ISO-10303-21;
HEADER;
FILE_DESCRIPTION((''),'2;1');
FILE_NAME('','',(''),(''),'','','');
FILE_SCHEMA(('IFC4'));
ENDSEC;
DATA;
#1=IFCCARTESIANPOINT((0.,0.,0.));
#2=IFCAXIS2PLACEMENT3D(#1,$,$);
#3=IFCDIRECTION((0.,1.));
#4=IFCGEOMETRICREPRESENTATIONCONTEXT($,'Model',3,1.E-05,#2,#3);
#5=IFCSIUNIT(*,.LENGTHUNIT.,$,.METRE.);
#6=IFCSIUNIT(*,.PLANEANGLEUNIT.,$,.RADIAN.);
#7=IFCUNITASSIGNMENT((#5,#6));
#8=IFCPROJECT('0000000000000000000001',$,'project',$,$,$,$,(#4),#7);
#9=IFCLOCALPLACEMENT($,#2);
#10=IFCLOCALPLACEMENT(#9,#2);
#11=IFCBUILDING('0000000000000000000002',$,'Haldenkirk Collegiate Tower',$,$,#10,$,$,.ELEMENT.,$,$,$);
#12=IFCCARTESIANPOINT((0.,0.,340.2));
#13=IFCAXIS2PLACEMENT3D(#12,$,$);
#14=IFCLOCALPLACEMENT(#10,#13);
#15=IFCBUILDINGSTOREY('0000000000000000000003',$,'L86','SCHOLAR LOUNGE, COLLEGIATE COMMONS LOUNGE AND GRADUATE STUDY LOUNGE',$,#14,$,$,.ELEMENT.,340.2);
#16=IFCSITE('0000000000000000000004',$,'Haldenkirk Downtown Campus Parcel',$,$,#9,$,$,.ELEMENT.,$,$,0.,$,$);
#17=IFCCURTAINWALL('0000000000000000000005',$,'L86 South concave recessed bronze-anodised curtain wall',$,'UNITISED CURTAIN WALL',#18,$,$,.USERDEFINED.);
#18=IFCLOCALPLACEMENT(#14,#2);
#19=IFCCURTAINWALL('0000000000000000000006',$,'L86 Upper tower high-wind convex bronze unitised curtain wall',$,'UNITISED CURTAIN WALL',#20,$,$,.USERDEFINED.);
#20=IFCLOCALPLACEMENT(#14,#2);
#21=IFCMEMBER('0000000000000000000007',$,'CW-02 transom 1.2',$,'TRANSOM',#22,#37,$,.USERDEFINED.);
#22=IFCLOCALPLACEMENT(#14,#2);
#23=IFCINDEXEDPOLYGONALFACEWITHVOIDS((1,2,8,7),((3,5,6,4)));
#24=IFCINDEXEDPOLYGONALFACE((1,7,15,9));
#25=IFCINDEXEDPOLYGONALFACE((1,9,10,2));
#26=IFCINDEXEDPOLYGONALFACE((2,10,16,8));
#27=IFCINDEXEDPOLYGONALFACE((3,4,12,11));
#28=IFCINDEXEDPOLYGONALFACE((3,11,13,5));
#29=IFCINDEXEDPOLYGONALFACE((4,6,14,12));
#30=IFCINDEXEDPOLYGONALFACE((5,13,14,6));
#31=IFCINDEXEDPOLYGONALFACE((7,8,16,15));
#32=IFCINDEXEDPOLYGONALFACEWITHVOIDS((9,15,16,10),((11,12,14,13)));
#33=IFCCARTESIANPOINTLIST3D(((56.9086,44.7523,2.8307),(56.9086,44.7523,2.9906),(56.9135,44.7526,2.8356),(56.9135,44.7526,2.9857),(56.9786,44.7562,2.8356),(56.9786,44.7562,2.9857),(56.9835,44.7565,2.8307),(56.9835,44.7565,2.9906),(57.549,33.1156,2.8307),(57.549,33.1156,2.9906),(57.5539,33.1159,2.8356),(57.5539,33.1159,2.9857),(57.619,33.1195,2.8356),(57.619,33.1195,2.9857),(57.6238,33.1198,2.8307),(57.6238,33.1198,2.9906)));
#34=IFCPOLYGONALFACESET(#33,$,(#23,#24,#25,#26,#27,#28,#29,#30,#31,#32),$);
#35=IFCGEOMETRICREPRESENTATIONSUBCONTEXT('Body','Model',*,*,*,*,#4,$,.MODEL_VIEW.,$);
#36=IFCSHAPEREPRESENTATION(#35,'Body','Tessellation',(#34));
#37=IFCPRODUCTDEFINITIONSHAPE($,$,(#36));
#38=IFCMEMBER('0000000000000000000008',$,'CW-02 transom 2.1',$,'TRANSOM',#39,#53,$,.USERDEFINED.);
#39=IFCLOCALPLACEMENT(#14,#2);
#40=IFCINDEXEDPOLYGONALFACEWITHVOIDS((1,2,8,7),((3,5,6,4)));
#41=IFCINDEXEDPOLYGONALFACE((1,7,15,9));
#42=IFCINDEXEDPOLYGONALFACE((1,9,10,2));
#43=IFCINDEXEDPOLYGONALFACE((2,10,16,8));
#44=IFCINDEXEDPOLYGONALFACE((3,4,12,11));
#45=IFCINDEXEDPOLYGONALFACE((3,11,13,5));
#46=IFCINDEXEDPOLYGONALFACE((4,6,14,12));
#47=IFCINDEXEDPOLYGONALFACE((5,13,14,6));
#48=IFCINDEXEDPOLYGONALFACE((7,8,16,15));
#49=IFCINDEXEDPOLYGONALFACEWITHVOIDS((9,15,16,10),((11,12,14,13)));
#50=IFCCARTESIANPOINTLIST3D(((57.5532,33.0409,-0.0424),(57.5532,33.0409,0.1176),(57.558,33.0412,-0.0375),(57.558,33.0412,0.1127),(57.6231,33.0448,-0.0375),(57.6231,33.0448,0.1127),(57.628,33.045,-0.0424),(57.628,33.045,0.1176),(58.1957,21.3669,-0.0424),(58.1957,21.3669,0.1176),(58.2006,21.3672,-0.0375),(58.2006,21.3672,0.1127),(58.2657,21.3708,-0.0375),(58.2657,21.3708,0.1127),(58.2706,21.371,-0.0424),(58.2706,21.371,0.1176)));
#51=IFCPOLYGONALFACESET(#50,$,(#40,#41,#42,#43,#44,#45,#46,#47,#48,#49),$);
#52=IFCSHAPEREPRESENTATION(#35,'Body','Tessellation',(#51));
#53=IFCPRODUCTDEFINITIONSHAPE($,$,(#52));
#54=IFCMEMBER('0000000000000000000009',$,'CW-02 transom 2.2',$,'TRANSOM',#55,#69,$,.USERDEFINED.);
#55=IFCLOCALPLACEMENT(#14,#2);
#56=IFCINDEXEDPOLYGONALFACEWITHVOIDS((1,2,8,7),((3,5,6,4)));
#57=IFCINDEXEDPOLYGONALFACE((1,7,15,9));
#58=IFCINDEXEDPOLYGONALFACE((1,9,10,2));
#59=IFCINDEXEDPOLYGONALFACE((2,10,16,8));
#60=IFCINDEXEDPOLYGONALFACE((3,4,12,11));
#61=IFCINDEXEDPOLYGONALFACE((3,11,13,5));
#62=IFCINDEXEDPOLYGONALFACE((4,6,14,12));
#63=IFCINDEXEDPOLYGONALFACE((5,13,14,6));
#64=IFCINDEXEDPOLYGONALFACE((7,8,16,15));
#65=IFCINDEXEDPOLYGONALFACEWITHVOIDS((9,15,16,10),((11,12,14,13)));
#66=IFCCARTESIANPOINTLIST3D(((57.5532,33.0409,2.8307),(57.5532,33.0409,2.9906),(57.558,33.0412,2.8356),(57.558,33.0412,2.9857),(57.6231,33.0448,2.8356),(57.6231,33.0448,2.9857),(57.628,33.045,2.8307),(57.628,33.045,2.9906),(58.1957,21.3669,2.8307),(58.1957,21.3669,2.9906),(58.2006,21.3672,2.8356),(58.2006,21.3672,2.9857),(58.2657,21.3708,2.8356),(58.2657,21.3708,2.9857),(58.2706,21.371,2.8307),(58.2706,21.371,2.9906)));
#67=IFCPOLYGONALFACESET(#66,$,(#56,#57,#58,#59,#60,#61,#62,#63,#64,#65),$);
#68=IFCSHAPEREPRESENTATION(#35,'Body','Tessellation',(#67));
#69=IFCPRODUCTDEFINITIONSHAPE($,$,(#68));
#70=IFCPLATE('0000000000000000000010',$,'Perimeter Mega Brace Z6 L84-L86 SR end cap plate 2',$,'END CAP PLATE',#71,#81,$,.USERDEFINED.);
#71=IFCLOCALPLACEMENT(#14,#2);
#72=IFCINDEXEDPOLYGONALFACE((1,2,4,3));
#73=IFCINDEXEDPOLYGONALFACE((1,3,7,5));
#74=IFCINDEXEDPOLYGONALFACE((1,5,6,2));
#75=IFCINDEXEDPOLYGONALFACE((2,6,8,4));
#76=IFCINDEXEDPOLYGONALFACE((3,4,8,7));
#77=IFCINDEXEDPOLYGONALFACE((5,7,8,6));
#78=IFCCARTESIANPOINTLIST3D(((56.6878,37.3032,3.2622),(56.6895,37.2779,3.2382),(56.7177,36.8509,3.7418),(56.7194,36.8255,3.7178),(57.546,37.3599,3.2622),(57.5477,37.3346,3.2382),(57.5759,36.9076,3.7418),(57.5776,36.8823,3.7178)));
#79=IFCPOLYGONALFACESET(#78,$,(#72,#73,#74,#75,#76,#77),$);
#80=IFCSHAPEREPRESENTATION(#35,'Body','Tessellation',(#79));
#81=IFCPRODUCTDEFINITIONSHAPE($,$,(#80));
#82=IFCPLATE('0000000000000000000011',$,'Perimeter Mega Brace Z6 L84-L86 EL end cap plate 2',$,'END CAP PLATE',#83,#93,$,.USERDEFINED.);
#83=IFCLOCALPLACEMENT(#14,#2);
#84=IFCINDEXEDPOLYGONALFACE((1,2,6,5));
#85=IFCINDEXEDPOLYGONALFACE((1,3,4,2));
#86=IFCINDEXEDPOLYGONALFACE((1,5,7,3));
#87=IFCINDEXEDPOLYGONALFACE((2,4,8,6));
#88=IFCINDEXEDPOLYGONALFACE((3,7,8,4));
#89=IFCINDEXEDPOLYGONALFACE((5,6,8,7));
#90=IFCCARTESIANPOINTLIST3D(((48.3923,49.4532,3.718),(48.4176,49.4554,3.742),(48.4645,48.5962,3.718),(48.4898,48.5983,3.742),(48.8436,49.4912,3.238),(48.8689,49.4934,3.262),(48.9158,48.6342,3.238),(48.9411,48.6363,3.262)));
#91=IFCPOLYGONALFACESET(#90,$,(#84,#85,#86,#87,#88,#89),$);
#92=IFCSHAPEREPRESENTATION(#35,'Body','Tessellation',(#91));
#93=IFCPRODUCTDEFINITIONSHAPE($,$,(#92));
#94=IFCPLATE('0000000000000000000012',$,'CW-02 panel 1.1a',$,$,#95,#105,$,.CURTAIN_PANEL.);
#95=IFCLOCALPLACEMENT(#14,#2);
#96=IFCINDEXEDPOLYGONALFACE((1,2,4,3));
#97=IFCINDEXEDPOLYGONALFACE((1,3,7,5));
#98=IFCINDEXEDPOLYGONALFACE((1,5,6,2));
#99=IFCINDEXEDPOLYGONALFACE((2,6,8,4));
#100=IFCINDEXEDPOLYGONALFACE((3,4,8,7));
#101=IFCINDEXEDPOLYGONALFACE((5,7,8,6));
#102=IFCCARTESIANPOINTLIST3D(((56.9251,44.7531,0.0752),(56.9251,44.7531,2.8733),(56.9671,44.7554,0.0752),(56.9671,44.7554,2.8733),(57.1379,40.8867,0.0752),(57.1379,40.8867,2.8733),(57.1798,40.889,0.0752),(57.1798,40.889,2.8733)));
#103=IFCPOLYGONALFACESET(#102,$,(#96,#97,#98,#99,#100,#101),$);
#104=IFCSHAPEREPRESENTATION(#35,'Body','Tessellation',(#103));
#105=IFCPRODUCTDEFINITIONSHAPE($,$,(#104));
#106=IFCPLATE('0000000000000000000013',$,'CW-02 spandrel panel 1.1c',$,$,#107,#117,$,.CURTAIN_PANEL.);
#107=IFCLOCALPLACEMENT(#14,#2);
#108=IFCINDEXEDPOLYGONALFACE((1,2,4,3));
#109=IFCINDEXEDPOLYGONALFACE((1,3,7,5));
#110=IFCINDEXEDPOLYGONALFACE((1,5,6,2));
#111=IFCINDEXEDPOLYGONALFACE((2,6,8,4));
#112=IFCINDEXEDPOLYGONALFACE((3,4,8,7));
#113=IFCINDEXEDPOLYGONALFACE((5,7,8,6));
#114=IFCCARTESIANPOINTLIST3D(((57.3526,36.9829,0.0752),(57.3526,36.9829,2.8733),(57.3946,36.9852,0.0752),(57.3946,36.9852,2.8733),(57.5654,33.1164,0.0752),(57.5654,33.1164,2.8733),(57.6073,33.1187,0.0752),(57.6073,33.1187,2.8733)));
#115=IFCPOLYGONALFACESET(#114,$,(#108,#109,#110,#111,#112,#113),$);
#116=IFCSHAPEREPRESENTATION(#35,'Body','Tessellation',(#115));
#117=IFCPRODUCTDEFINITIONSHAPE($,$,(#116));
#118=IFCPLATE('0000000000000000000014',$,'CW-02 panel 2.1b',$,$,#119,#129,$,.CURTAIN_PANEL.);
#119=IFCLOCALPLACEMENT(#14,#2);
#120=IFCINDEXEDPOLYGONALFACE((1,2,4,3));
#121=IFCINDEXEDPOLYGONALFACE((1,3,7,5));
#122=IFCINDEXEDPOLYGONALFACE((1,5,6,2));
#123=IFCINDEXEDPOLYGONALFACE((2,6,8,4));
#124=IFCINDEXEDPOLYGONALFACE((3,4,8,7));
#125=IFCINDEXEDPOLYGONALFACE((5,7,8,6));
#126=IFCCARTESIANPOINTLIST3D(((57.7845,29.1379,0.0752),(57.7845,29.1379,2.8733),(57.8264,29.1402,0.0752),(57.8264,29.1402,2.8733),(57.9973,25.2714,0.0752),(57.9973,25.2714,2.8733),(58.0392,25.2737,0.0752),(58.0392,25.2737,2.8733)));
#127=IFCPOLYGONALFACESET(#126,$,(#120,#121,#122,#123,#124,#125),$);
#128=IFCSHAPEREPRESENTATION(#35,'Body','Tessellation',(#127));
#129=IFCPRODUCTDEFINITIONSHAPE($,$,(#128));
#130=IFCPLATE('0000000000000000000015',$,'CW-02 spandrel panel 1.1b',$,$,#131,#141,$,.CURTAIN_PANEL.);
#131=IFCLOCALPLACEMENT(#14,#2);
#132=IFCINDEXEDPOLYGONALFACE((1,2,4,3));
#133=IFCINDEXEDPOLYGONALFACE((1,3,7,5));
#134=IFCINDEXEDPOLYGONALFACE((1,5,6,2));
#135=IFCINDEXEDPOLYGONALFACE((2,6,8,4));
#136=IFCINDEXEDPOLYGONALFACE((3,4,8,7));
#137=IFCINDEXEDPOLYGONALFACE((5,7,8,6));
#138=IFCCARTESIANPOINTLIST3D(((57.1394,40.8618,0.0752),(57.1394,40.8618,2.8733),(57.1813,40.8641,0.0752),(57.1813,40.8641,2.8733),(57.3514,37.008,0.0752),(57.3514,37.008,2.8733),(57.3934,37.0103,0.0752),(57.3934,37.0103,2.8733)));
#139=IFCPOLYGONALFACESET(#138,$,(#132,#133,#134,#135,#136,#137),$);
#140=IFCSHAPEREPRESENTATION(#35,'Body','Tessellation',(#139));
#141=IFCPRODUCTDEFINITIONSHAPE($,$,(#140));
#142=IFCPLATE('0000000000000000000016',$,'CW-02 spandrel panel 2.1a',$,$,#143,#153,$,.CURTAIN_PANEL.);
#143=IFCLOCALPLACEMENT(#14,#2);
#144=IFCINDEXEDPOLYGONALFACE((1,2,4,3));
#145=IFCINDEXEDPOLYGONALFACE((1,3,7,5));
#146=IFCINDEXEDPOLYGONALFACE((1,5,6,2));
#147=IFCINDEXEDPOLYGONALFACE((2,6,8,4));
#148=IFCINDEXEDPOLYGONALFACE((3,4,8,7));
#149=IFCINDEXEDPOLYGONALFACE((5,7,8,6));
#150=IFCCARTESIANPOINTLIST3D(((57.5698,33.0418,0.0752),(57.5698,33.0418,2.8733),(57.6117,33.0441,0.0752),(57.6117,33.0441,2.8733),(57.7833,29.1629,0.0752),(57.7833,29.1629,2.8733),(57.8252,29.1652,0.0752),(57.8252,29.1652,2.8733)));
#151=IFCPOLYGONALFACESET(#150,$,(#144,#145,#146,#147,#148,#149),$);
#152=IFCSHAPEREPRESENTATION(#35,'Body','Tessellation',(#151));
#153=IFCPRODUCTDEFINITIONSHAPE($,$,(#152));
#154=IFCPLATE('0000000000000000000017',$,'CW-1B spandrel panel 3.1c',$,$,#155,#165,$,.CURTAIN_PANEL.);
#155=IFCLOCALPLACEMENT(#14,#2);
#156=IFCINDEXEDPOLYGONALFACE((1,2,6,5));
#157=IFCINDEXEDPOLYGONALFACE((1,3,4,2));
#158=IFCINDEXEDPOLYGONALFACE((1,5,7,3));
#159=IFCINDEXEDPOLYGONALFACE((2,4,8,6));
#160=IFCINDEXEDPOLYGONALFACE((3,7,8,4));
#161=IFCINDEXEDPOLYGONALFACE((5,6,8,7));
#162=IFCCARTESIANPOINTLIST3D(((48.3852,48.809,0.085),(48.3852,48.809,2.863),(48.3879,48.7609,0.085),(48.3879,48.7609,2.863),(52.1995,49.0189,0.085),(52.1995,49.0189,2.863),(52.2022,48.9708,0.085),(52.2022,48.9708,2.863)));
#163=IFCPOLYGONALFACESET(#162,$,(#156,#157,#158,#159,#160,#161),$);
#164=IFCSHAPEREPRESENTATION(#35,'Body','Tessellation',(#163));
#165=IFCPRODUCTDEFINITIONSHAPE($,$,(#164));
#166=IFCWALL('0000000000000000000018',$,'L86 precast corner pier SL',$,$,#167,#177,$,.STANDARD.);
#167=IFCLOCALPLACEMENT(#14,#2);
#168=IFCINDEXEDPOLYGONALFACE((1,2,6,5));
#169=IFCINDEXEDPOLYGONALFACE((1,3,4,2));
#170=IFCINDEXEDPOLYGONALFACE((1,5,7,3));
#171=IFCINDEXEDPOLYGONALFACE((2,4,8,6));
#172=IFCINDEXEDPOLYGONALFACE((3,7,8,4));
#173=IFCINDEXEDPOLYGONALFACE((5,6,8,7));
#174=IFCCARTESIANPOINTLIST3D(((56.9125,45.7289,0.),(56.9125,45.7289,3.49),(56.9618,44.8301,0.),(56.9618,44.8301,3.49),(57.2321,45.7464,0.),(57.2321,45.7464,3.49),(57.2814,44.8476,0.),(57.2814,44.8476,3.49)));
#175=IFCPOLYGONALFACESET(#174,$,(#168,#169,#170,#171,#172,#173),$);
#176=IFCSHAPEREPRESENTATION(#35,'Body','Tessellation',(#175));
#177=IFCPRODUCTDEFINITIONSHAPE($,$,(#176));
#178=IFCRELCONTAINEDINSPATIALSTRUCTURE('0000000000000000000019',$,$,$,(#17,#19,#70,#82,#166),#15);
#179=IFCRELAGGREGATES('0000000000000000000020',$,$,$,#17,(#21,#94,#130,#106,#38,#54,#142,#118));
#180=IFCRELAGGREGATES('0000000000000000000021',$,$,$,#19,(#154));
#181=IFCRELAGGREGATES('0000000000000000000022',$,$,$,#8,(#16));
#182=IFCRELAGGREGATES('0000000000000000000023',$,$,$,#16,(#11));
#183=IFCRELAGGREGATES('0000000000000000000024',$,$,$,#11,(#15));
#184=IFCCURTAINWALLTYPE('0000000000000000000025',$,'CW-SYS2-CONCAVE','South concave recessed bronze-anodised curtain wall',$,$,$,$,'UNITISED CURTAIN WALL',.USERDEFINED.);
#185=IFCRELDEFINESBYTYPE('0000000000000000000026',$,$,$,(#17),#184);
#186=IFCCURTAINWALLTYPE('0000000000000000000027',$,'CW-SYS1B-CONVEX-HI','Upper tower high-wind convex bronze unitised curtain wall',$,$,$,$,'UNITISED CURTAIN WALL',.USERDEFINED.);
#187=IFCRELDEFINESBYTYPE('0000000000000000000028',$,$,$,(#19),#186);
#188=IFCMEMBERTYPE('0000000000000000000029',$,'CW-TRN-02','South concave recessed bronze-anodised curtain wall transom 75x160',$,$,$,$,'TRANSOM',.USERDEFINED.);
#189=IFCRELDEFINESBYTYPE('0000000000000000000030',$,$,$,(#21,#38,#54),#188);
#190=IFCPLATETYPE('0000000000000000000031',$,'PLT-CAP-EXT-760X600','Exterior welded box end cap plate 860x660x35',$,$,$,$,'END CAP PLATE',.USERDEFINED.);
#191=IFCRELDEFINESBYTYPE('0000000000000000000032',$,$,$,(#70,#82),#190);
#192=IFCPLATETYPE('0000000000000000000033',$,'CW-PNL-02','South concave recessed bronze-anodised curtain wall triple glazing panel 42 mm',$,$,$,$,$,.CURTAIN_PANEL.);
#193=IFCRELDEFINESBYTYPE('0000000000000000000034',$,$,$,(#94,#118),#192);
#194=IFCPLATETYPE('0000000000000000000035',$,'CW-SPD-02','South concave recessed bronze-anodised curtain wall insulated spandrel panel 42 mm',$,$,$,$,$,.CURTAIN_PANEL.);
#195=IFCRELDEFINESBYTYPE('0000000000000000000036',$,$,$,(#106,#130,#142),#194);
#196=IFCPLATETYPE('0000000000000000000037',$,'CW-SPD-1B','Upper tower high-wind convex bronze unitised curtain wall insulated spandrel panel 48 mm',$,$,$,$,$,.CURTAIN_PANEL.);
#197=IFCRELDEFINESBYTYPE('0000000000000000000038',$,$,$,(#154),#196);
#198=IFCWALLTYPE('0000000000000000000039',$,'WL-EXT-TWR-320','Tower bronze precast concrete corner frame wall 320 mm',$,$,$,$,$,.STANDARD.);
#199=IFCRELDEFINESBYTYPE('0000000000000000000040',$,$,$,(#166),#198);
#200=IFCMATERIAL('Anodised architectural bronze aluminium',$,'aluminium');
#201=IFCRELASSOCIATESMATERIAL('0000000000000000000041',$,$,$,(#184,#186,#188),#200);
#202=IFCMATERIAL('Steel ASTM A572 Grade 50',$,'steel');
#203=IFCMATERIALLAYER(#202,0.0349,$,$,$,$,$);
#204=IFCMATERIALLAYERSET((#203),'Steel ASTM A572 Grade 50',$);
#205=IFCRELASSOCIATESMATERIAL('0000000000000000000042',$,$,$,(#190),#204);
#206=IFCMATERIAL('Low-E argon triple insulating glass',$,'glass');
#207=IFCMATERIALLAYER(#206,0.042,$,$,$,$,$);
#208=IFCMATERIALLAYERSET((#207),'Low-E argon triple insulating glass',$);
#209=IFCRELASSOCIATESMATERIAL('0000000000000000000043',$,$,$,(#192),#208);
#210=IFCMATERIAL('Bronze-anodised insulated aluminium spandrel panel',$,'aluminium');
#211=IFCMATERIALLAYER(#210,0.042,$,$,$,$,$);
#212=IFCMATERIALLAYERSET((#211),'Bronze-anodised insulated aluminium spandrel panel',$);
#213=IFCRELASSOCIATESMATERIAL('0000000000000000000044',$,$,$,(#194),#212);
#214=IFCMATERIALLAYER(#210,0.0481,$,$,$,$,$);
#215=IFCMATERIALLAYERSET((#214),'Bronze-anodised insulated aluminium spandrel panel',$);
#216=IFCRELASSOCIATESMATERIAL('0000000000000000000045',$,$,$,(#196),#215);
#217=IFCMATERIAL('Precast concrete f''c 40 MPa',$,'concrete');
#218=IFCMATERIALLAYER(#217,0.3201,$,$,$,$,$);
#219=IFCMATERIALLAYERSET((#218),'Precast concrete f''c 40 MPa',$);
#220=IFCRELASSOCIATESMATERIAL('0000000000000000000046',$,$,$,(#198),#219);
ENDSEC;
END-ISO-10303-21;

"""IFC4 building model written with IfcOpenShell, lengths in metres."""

from ifc_helpers import new_model, si_unit, direction, frame, frame_2d, origin, origin_2d, place, context, subcontext, project, spatial, rectangle, hollow_rectangle, extrude, source, transform, mapped, material, layer, layer_set, material_profile, profile_set, type_object, element, aggregate, save


model = new_model("IFC4")

# Units and contexts
model_context = context("Model", 3, precision=1e-05, world=origin(), true_north=direction((0.0, 1.0)))
body_context = subcontext(model_context, "Body", "Model", "MODEL_VIEW")
ifc_project = project(units=[si_unit("LENGTHUNIT", "METRE"), si_unit("PLANEANGLEUNIT", "RADIAN")], contexts=[model_context])

# Site, building, storey
site_placement = place(None, origin())
site = spatial("IfcSite", under=ifc_project, at=site_placement, Name="Haldenkirk Downtown Campus Parcel", CompositionType="ELEMENT", RefElevation=0.0)
building_placement = place(site_placement, origin())
building = spatial("IfcBuilding", under=site, at=building_placement, Name="Haldenkirk Collegiate Tower", CompositionType="ELEMENT")
storey_placement = place(building_placement, frame((0.0, 0.0, 340.2)))
storey = spatial("IfcBuildingStorey", under=building, at=storey_placement, Name="L86", Description="SCHOLAR LOUNGE, COLLEGIATE COMMONS LOUNGE AND GRADUATE STUDY LOUNGE", CompositionType="ELEMENT", Elevation=340.2)

# Shared definitions
ifc_material_1 = material(Name="Steel ASTM A572 Grade 50", Category="steel")

# Curtain wall
ifc_material_2 = material(Name="Anodised architectural bronze aluminium", Category="aluminium")
curtain_wall_type_1 = type_object("IfcCurtainWallType", Name="CW-SYS2-CONCAVE", Description="South concave recessed bronze-anodised curtain wall", ElementType="UNITISED CURTAIN WALL", PredefinedType="USERDEFINED", material=ifc_material_2)
curtain_wall_1_placement = place(storey_placement, origin())
curtain_wall_1 = element("IfcCurtainWall", 1, at=curtain_wall_1_placement, inside=storey, type_object=curtain_wall_type_1, Name="L86 South concave recessed bronze-anodised curtain wall", ObjectType="UNITISED CURTAIN WALL", PredefinedType="USERDEFINED")

# Curtain wall
curtain_wall_type_2 = type_object("IfcCurtainWallType", Name="CW-SYS1B-CONVEX-HI", Description="Upper tower high-wind convex bronze unitised curtain wall", ElementType="UNITISED CURTAIN WALL", PredefinedType="USERDEFINED", material=ifc_material_2)
curtain_wall_2_placement = place(storey_placement, origin())
curtain_wall_2 = element("IfcCurtainWall", 2, at=curtain_wall_2_placement, inside=storey, type_object=curtain_wall_type_2, Name="L86 Upper tower high-wind convex bronze unitised curtain wall", ObjectType="UNITISED CURTAIN WALL", PredefinedType="USERDEFINED")

# Members
ifc_material_profile_1 = material_profile(ifc_material_2, hollow_rectangle(XDim=0.075, YDim=0.1599, WallThickness=0.0049, at=origin_2d()), Name="CW-TRN-02")
ifc_profile_set_1 = profile_set([ifc_material_profile_1], Name="Anodised architectural bronze aluminium")
member_type_1 = type_object("IfcMemberType", Name="CW-TRN-02", Description="South concave recessed bronze-anodised curtain wall transom 75x160", ElementType="TRANSOM", PredefinedType="USERDEFINED", material=ifc_profile_set_1)
member_1_placement = place(storey_placement, frame((56.946, 44.7544, 2.9106), z_axis=(0.054948, -0.998489, 0.0), x_axis=(0.998489, 0.054948, 0.0)))
member_1 = element("IfcMember", 3, at=member_1_placement, type_object=member_type_1, Name="CW-02 transom 1.2", ObjectType="TRANSOM", PredefinedType="USERDEFINED", context=body_context, shape_type="SweptSolid", body=[
    extrude(hollow_rectangle(XDim=0.075, YDim=0.1599, WallThickness=0.0049, at=origin_2d()), origin(), (0.0, 0.0, 1.0), 11.6543),
])
member_2_placement = place(storey_placement, frame((57.5906, 33.043, 0.0376), z_axis=(0.05496, -0.998489, 0.0), x_axis=(0.998489, 0.05496, 0.0)))
member_2 = element("IfcMember", 4, at=member_2_placement, type_object=member_type_1, Name="CW-02 transom 2.1", ObjectType="TRANSOM", PredefinedType="USERDEFINED", context=body_context, shape_type="SweptSolid", body=[
    extrude(hollow_rectangle(XDim=0.075, YDim=0.1599, WallThickness=0.0049, at=origin_2d()), origin(), (0.0, 0.0, 1.0), 11.6917),
])
member_3_placement = place(storey_placement, frame((57.5906, 33.043, 2.9106), z_axis=(0.05496, -0.998489, 0.0), x_axis=(0.998489, 0.05496, 0.0)))
member_3 = element("IfcMember", 5, at=member_3_placement, type_object=member_type_1, Name="CW-02 transom 2.2", ObjectType="TRANSOM", PredefinedType="USERDEFINED", context=body_context, shape_type="SweptSolid", body=[
    extrude(hollow_rectangle(XDim=0.075, YDim=0.1599, WallThickness=0.0049, at=origin_2d()), origin(), (0.0, 0.0, 1.0), 11.6917),
])

# Plates
ifc_layer_1 = layer(ifc_material_1, 0.0349)
ifc_layer_set_1 = layer_set([ifc_layer_1], Name="Steel ASTM A572 Grade 50")
plate_type_1 = type_object("IfcPlateType", Name="PLT-CAP-EXT-760X600", Description="Exterior welded box end cap plate 860x660x35", ElementType="END CAP PLATE", PredefinedType="USERDEFINED", material=ifc_layer_set_1)
shared_shape_1 = source(origin(), body_context, "Body", "SweptSolid", [
    extrude(rectangle(XDim=0.8601, YDim=0.6599, at=origin_2d()), origin(), (0.0, 0.0, 1.0), 0.0349),
])
for number, where, z_axis, x_axis, name in (
    (6, (57.1335, 37.0801, 3.478), (-0.047968, 0.725152, 0.686916), (-0.997819, -0.066005, 0.0), "Perimeter Mega Brace Z6 L84-L86 SR end cap plate 2"),
    (7, (48.6541, 49.0437, 3.478), (0.724751, 0.060999, 0.686306), (-0.083869, 0.996477, 0.0), "Perimeter Mega Brace Z6 L84-L86 EL end cap plate 2"),
):
    element("IfcPlate", number, at=place(storey_placement, frame(where, z_axis=z_axis, x_axis=x_axis)), inside=storey, type_object=plate_type_1, Name=name, ObjectType="END CAP PLATE", PredefinedType="USERDEFINED", context=body_context, shape_type="MappedRepresentation", body=[
        mapped(shared_shape_1, transform((0.0, 0.0, 0.0), x_axis=(1.0, 0.0, 0.0), y_axis=(0.0, 1.0, 0.0), z_axis=(0.0, 0.0, 1.0), scale=1.0)),
    ])

# Plates
ifc_material_3 = material(Name="Low-E argon triple insulating glass", Category="glass")
ifc_layer_2 = layer(ifc_material_3, 0.042)
ifc_layer_set_2 = layer_set([ifc_layer_2], Name="Low-E argon triple insulating glass")
plate_type_2 = type_object("IfcPlateType", Name="CW-PNL-02", Description="South concave recessed bronze-anodised curtain wall triple glazing panel 42 mm", PredefinedType="CURTAIN_PANEL", material=ifc_layer_set_2)
shared_shape_2 = source(origin(), body_context, "Body", "SweptSolid", [
    extrude(rectangle(XDim=3.8723, YDim=0.042, at=origin_2d()), origin(), (0.0, 0.0, 1.0), 2.7981),
])
plate_1_placement = place(storey_placement, frame((57.0525, 42.821, 0.0752), z_axis=(0.0, 0.0, 1.0), x_axis=(0.054949, -0.998489, 0.0)))
plate_1 = element("IfcPlate", 8, at=plate_1_placement, type_object=plate_type_2, Name="CW-02 panel 1.1a", PredefinedType="CURTAIN_PANEL", context=body_context, shape_type="MappedRepresentation", body=[
    mapped(shared_shape_2, transform((0.0, 0.0, 0.0), x_axis=(1.0, 0.0, 0.0), y_axis=(0.0, 1.0, 0.0), z_axis=(0.0, 0.0, 1.0), scale=1.0)),
])
ifc_material_4 = material(Name="Bronze-anodised insulated aluminium spandrel panel", Category="aluminium")
ifc_layer_3 = layer(ifc_material_4, 0.042)
ifc_layer_set_3 = layer_set([ifc_layer_3], Name="Bronze-anodised insulated aluminium spandrel panel")
plate_type_3 = type_object("IfcPlateType", Name="CW-SPD-02", Description="South concave recessed bronze-anodised curtain wall insulated spandrel panel 42 mm", PredefinedType="CURTAIN_PANEL", material=ifc_layer_set_3)
plate_2_placement = place(storey_placement, frame((57.48, 35.0508, 0.0752), z_axis=(0.0, 0.0, 1.0), x_axis=(0.054949, -0.998489, 0.0)))
plate_2 = element("IfcPlate", 9, at=plate_2_placement, type_object=plate_type_3, Name="CW-02 spandrel panel 1.1c", PredefinedType="CURTAIN_PANEL", context=body_context, shape_type="MappedRepresentation", body=[
    mapped(shared_shape_2, transform((0.0, 0.0, 0.0), x_axis=(1.0, 0.0, 0.0), y_axis=(0.0, 1.0, 0.0), z_axis=(0.0, 0.0, 1.0), scale=1.0)),
])
plate_3_placement = place(storey_placement, frame((57.9119, 27.2058, 0.0752), z_axis=(0.0, 0.0, 1.0), x_axis=(0.054949, -0.998489, 0.0)))
plate_3 = element("IfcPlate", 10, at=plate_3_placement, type_object=plate_type_2, Name="CW-02 panel 2.1b", PredefinedType="CURTAIN_PANEL", context=body_context, shape_type="MappedRepresentation", body=[
    mapped(shared_shape_2, transform((0.0, 0.0, 0.0), x_axis=(1.0, 0.0, 0.0), y_axis=(0.0, 1.0, 0.0), z_axis=(0.0, 0.0, 1.0), scale=1.0)),
])
shared_shape_3 = source(origin(), body_context, "Body", "SweptSolid", [
    extrude(rectangle(XDim=3.8596, YDim=0.042, at=origin_2d()), origin(), (0.0, 0.0, 1.0), 2.7981),
])
plate_4_placement = place(storey_placement, frame((57.2664, 38.936, 0.0752), z_axis=(0.0, 0.0, 1.0), x_axis=(0.054949, -0.998489, 0.0)))
plate_4 = element("IfcPlate", 11, at=plate_4_placement, type_object=plate_type_3, Name="CW-02 spandrel panel 1.1b", PredefinedType="CURTAIN_PANEL", context=body_context, shape_type="MappedRepresentation", body=[
    mapped(shared_shape_3, transform((0.0, 0.0, 0.0), x_axis=(1.0, 0.0, 0.0), y_axis=(0.0, 1.0, 0.0), z_axis=(0.0, 0.0, 1.0), scale=1.0)),
])
shared_shape_4 = source(origin(), body_context, "Body", "SweptSolid", [
    extrude(rectangle(XDim=3.8848, YDim=0.042, at=origin_2d()), origin(), (0.0, 0.0, 1.0), 2.7981),
])
plate_5_placement = place(storey_placement, frame((57.6975, 31.1035, 0.0752), z_axis=(0.0, 0.0, 1.0), x_axis=(0.054949, -0.998489, 0.0)))
plate_5 = element("IfcPlate", 12, at=plate_5_placement, type_object=plate_type_3, Name="CW-02 spandrel panel 2.1a", PredefinedType="CURTAIN_PANEL", context=body_context, shape_type="MappedRepresentation", body=[
    mapped(shared_shape_4, transform((0.0, 0.0, 0.0), x_axis=(1.0, 0.0, 0.0), y_axis=(0.0, 1.0, 0.0), z_axis=(0.0, 0.0, 1.0), scale=1.0)),
])
aggregate(curtain_wall_1, [member_1, plate_1, plate_4, plate_2, member_2, member_3, plate_5, plate_3])
ifc_layer_4 = layer(ifc_material_4, 0.0481)
ifc_layer_set_4 = layer_set([ifc_layer_4], Name="Bronze-anodised insulated aluminium spandrel panel")
plate_type_4 = type_object("IfcPlateType", Name="CW-SPD-1B", Description="Upper tower high-wind convex bronze unitised curtain wall insulated spandrel panel 48 mm", PredefinedType="CURTAIN_PANEL", material=ifc_layer_set_4)
shared_shape_5 = source(origin(), body_context, "Body", "SweptSolid", [
    extrude(rectangle(XDim=3.8201, YDim=0.0481, at=origin_2d()), origin(), (0.0, 0.0, 1.0), 2.7781),
])
plate_6_placement = place(storey_placement, frame((50.2937, 48.8899, 0.085), z_axis=(0.0, 0.0, 1.0), x_axis=(0.998489, 0.054948, 0.0)))
plate_6 = element("IfcPlate", 13, at=plate_6_placement, type_object=plate_type_4, Name="CW-1B spandrel panel 3.1c", PredefinedType="CURTAIN_PANEL", context=body_context, shape_type="MappedRepresentation", body=[
    mapped(shared_shape_5, transform((0.0, 0.0, 0.0), x_axis=(1.0, 0.0, 0.0), y_axis=(0.0, 1.0, 0.0), z_axis=(0.0, 0.0, 1.0), scale=1.0)),
])
aggregate(curtain_wall_2, [plate_6])

# Wall
ifc_material_5 = material(Name="Precast concrete f'c 40 MPa", Category="concrete")
ifc_layer_5 = layer(ifc_material_5, 0.3201)
ifc_layer_set_5 = layer_set([ifc_layer_5], Name="Precast concrete f'c 40 MPa")
wall_type_1 = type_object("IfcWallType", Name="WL-EXT-TWR-320", Description="Tower bronze precast concrete corner frame wall 320 mm", PredefinedType="STANDARD", material=ifc_layer_set_5)
wall_1_placement = place(storey_placement, frame((57.0723, 45.7378, 0.0), z_axis=(0.0, 0.0, 1.0), x_axis=(0.054794, -0.998498, 0.0)))
element("IfcWall", 14, at=wall_1_placement, inside=storey, type_object=wall_type_1, Name="L86 precast corner pier SL", PredefinedType="STANDARD", context=body_context, shape_type="SweptSolid", body=[
    extrude(rectangle(XDim=0.9001, YDim=0.3201, at=frame_2d((0.4502, 0.0))), origin(), (0.0, 0.0, 1.0), 3.49),
])

save(model, "model.ifc")
